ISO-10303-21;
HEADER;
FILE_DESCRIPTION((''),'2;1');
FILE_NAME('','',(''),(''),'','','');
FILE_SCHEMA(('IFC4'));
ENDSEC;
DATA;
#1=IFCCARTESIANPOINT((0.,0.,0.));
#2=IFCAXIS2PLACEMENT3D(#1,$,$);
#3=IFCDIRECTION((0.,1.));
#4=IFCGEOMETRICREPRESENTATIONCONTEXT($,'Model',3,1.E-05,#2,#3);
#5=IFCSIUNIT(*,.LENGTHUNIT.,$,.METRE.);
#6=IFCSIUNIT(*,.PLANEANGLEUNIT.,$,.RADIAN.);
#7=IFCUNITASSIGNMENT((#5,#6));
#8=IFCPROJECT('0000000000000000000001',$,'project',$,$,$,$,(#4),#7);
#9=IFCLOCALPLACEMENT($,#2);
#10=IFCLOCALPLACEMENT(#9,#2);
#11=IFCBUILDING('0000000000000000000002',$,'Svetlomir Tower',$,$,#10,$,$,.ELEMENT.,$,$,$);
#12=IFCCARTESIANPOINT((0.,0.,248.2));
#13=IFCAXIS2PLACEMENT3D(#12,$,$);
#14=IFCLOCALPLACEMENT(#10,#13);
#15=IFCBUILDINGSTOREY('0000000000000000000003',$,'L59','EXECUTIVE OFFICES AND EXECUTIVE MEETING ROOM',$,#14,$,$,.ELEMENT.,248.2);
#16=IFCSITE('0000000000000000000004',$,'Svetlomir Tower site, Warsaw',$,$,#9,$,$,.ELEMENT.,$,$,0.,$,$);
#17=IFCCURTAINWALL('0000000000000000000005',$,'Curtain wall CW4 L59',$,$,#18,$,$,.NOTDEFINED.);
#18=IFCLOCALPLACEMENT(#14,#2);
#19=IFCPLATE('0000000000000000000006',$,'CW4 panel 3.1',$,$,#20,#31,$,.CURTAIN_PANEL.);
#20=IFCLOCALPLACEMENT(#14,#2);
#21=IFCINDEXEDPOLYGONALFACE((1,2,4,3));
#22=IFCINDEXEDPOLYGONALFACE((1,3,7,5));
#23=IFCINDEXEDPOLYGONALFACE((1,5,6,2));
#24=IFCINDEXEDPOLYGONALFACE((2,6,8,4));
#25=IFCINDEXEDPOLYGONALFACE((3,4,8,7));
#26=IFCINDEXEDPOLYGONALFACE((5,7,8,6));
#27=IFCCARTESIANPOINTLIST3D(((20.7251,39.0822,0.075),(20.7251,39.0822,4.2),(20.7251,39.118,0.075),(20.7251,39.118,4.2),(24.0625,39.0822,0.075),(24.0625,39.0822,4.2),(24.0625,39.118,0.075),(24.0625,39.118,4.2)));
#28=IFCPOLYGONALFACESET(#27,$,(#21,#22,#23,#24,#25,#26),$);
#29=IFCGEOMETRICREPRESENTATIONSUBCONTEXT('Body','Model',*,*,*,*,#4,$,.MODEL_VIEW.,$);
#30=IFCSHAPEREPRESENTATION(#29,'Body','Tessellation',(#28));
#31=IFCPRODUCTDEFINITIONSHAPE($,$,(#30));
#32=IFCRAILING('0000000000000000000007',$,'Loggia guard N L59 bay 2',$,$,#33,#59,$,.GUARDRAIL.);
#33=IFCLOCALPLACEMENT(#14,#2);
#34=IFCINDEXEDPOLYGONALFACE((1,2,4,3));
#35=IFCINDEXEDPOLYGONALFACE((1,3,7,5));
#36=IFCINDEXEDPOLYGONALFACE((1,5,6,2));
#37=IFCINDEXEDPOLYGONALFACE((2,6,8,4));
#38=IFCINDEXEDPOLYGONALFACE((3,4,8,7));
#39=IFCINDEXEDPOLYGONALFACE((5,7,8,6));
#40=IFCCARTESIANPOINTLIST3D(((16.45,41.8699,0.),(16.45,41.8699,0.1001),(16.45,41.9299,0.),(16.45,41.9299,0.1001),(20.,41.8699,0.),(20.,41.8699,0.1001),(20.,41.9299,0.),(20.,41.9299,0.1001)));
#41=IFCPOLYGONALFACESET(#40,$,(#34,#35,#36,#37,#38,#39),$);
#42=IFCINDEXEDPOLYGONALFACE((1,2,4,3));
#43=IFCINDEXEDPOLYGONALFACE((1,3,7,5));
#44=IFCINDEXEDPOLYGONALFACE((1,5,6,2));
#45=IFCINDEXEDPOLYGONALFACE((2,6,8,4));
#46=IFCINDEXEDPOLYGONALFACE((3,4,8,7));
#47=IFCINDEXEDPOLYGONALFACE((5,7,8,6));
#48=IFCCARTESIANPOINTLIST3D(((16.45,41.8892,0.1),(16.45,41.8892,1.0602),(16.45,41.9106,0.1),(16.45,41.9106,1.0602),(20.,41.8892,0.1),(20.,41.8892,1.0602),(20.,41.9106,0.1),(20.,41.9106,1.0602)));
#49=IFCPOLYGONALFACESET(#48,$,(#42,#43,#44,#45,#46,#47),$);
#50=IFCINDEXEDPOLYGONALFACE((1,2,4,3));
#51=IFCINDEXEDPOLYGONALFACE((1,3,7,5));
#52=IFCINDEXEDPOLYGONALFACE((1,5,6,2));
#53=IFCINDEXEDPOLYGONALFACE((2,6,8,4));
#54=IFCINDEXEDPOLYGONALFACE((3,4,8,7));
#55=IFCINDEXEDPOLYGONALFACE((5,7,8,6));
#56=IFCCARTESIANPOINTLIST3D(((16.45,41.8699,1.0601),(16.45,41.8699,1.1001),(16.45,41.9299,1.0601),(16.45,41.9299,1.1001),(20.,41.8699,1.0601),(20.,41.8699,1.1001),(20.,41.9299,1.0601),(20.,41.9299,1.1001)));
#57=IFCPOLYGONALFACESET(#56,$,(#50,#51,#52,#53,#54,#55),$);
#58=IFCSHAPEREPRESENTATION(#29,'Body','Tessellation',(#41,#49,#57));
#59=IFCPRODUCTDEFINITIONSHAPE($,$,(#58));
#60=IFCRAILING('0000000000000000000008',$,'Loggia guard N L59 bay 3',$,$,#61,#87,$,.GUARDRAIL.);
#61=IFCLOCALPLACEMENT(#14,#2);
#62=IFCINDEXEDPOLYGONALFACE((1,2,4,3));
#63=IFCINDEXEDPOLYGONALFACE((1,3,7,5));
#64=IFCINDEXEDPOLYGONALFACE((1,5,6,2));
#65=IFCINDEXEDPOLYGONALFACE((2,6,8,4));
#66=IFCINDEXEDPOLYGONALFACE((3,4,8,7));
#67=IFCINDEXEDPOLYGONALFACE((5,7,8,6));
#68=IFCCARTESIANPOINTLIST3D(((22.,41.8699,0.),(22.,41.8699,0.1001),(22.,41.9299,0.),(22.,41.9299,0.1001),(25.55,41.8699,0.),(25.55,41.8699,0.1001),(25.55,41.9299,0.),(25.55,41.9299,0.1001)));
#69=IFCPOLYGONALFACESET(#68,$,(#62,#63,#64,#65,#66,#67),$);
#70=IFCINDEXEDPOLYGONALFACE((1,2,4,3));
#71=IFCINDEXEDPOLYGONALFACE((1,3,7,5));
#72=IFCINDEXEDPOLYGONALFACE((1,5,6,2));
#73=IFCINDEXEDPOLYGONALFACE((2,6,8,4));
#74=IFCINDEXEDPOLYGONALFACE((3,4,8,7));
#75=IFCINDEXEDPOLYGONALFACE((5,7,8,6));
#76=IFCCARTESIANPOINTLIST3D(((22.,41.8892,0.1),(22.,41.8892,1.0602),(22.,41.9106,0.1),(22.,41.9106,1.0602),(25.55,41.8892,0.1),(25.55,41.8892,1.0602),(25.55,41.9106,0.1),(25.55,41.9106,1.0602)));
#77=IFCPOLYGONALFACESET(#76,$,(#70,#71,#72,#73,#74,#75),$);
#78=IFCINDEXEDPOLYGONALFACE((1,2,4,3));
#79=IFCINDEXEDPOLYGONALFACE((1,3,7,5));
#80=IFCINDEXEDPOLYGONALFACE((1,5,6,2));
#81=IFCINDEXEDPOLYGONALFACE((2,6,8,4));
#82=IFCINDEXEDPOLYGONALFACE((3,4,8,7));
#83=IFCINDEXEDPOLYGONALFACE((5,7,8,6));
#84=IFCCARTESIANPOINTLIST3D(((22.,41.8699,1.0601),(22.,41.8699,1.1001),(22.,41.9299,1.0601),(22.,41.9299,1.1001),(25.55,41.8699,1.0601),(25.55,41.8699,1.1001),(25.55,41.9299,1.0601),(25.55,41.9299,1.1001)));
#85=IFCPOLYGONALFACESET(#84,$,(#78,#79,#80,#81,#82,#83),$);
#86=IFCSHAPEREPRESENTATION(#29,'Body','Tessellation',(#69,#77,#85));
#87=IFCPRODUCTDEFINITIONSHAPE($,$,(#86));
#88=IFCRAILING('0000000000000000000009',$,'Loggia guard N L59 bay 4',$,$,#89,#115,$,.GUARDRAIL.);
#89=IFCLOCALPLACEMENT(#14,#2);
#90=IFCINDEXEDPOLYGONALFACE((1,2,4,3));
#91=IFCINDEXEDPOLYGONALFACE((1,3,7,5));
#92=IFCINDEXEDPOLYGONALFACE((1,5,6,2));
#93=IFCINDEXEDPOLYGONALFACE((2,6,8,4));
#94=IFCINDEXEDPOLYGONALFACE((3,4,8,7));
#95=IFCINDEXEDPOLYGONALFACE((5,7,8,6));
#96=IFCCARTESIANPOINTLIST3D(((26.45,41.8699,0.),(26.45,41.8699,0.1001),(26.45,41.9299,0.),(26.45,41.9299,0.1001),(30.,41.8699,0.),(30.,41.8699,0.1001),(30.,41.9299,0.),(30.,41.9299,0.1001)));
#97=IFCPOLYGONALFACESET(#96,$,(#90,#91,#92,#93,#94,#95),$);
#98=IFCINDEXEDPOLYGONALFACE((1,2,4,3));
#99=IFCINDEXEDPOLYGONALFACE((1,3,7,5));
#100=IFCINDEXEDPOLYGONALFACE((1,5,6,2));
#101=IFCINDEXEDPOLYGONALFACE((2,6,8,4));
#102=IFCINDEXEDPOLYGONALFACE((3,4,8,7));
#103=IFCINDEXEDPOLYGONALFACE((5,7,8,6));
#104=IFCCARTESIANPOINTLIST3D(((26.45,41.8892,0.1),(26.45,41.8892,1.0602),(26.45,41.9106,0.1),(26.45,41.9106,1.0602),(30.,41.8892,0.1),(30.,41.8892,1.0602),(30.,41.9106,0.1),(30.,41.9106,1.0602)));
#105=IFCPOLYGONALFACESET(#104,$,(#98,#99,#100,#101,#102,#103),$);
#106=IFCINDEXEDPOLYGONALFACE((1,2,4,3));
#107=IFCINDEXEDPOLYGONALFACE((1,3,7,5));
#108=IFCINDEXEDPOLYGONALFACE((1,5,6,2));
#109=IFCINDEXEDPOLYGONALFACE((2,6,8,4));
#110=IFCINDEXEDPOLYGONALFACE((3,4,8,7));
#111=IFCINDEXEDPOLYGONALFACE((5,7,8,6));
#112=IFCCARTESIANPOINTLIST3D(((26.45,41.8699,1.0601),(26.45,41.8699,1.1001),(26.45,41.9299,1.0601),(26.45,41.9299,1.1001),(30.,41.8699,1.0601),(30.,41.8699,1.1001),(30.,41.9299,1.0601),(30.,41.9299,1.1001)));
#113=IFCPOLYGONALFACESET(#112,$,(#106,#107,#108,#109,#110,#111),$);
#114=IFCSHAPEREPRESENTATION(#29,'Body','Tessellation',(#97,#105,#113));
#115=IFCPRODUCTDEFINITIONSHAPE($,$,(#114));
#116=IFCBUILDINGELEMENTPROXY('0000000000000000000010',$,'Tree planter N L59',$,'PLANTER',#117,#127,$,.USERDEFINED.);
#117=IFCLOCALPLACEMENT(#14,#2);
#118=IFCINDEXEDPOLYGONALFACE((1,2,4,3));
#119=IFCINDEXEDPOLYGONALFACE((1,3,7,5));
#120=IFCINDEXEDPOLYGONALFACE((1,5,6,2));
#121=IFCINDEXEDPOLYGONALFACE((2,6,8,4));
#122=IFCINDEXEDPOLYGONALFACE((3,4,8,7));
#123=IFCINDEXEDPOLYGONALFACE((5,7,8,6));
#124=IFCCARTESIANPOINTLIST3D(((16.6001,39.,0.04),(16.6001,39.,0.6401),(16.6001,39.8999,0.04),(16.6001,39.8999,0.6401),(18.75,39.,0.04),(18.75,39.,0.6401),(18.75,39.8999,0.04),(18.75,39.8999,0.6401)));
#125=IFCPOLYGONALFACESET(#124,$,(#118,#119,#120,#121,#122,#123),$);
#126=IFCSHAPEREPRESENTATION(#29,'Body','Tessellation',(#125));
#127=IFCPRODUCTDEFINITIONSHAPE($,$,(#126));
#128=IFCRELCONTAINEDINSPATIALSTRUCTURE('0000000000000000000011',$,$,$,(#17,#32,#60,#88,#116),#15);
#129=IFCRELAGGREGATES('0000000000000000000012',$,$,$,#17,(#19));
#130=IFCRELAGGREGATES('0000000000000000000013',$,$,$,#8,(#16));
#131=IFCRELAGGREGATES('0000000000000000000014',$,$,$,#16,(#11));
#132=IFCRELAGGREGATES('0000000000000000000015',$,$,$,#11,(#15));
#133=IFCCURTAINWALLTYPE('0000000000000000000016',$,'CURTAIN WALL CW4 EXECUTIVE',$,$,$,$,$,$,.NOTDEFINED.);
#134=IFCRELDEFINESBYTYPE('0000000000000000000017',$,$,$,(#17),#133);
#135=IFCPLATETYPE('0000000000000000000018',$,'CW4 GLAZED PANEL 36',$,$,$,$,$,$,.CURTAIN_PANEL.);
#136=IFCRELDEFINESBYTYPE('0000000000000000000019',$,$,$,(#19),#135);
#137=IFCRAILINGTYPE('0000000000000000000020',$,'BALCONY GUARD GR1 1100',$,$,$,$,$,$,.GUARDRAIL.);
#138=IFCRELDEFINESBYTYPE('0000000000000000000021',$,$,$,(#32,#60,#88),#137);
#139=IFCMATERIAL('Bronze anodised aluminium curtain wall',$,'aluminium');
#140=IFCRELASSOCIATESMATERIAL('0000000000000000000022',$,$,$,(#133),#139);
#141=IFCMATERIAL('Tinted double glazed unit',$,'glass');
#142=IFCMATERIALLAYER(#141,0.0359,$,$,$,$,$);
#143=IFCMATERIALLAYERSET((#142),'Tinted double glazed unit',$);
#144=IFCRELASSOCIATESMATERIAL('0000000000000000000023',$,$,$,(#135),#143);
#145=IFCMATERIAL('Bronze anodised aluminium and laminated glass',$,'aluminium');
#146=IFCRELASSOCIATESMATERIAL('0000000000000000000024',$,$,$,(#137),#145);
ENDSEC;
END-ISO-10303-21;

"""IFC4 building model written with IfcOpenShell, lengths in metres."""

from ifc_helpers import new_model, si_unit, direction, frame, origin, origin_2d, place, context, subcontext, project, spatial, rectangle, extrude, material, layer, layer_set, type_object, element, aggregate, save


model = new_model("IFC4")

# Units and contexts
model_context = context("Model", 3, precision=1e-05, world=origin(), true_north=direction((0.0, 1.0)))
body_context = subcontext(model_context, "Body", "Model", "MODEL_VIEW")
ifc_project = project(units=[si_unit("LENGTHUNIT", "METRE"), si_unit("PLANEANGLEUNIT", "RADIAN")], contexts=[model_context])

# Site, building, storey
site_placement = place(None, origin())
site = spatial("IfcSite", under=ifc_project, at=site_placement, Name="Svetlomir Tower site, Warsaw", CompositionType="ELEMENT", RefElevation=0.0)
building_placement = place(site_placement, origin())
building = spatial("IfcBuilding", under=site, at=building_placement, Name="Svetlomir Tower", CompositionType="ELEMENT")
storey_placement = place(building_placement, frame((0.0, 0.0, 248.2)))
storey = spatial("IfcBuildingStorey", under=building, at=storey_placement, Name="L59", Description="EXECUTIVE OFFICES AND EXECUTIVE MEETING ROOM", CompositionType="ELEMENT", Elevation=248.2)

# Curtain wall
ifc_material_1 = material(Name="Bronze anodised aluminium curtain wall", Category="aluminium")
curtain_wall_type = type_object("IfcCurtainWallType", Name="CURTAIN WALL CW4 EXECUTIVE", PredefinedType="NOTDEFINED", material=ifc_material_1)
curtain_wall_1_placement = place(storey_placement, origin())
curtain_wall_1 = element("IfcCurtainWall", 1, at=curtain_wall_1_placement, inside=storey, type_object=curtain_wall_type, Name="Curtain wall CW4 L59", PredefinedType="NOTDEFINED")

# Plate
ifc_material_2 = material(Name="Tinted double glazed unit", Category="glass")
ifc_layer_1 = layer(ifc_material_2, 0.0359)
ifc_layer_set_1 = layer_set([ifc_layer_1], Name="Tinted double glazed unit")
plate_type = type_object("IfcPlateType", Name="CW4 GLAZED PANEL 36", PredefinedType="CURTAIN_PANEL", material=ifc_layer_set_1)
plate_1_placement = place(storey_placement, frame((22.3938, 39.1001, 0.075), z_axis=(0.0, 0.0, 1.0), x_axis=(-1.0, 0.0, 0.0)))
plate_1 = element("IfcPlate", 2, at=plate_1_placement, type_object=plate_type, Name="CW4 panel 3.1", PredefinedType="CURTAIN_PANEL", context=body_context, shape_type="SweptSolid", body=[
    extrude(rectangle(XDim=3.3374, YDim=0.0359, at=origin_2d()), origin(), (0.0, 0.0, 1.0), 4.125),
])
aggregate(curtain_wall_1, [plate_1])

# Railings
ifc_material_3 = material(Name="Bronze anodised aluminium and laminated glass", Category="aluminium")
railing_type = type_object("IfcRailingType", Name="BALCONY GUARD GR1 1100", PredefinedType="GUARDRAIL", material=ifc_material_3)
for number, where, name in (
    (3, (16.45, 41.8999, 0.0), "Loggia guard N L59 bay 2"),
    (4, (22.0, 41.8999, 0.0), "Loggia guard N L59 bay 3"),
    (5, (26.45, 41.8999, 0.0), "Loggia guard N L59 bay 4"),
):
    element("IfcRailing", number, at=place(storey_placement, frame(where)), inside=storey, type_object=railing_type, Name=name, PredefinedType="GUARDRAIL", context=body_context, shape_type="SweptSolid", body=[
        extrude(rectangle(XDim=0.0601, YDim=0.1001, at=origin_2d()), frame((0.0, 0.0, 0.05), z_axis=(1.0, 0.0, 0.0), x_axis=(0.0, 1.0, 0.0)), (0.0, 0.0, 1.0), 3.55),
        extrude(rectangle(XDim=0.0215, YDim=0.9602, at=origin_2d()), frame((0.0, 0.0, 0.5801), z_axis=(1.0, 0.0, 0.0), x_axis=(0.0, 1.0, 0.0)), (0.0, 0.0, 1.0), 3.55),
        extrude(rectangle(XDim=0.0601, YDim=0.04, at=origin_2d()), frame((0.0, 0.0, 1.0801), z_axis=(1.0, 0.0, 0.0), x_axis=(0.0, 1.0, 0.0)), (0.0, 0.0, 1.0), 3.55),
    ])

# Building element proxy
proxy_placement = place(storey_placement, frame((17.675, 39.45, 0.04), z_axis=(0.0, 0.0, 1.0), x_axis=(1.0, 0.0, 0.0)))
element("IfcBuildingElementProxy", 6, at=proxy_placement, inside=storey, Name="Tree planter N L59", ObjectType="PLANTER", PredefinedType="USERDEFINED", context=body_context, shape_type="SweptSolid", body=[
    extrude(rectangle(XDim=2.1499, YDim=0.8999, at=origin_2d()), origin(), (0.0, 0.0, 1.0), 0.6001),
])

save(model, "model.ifc")
